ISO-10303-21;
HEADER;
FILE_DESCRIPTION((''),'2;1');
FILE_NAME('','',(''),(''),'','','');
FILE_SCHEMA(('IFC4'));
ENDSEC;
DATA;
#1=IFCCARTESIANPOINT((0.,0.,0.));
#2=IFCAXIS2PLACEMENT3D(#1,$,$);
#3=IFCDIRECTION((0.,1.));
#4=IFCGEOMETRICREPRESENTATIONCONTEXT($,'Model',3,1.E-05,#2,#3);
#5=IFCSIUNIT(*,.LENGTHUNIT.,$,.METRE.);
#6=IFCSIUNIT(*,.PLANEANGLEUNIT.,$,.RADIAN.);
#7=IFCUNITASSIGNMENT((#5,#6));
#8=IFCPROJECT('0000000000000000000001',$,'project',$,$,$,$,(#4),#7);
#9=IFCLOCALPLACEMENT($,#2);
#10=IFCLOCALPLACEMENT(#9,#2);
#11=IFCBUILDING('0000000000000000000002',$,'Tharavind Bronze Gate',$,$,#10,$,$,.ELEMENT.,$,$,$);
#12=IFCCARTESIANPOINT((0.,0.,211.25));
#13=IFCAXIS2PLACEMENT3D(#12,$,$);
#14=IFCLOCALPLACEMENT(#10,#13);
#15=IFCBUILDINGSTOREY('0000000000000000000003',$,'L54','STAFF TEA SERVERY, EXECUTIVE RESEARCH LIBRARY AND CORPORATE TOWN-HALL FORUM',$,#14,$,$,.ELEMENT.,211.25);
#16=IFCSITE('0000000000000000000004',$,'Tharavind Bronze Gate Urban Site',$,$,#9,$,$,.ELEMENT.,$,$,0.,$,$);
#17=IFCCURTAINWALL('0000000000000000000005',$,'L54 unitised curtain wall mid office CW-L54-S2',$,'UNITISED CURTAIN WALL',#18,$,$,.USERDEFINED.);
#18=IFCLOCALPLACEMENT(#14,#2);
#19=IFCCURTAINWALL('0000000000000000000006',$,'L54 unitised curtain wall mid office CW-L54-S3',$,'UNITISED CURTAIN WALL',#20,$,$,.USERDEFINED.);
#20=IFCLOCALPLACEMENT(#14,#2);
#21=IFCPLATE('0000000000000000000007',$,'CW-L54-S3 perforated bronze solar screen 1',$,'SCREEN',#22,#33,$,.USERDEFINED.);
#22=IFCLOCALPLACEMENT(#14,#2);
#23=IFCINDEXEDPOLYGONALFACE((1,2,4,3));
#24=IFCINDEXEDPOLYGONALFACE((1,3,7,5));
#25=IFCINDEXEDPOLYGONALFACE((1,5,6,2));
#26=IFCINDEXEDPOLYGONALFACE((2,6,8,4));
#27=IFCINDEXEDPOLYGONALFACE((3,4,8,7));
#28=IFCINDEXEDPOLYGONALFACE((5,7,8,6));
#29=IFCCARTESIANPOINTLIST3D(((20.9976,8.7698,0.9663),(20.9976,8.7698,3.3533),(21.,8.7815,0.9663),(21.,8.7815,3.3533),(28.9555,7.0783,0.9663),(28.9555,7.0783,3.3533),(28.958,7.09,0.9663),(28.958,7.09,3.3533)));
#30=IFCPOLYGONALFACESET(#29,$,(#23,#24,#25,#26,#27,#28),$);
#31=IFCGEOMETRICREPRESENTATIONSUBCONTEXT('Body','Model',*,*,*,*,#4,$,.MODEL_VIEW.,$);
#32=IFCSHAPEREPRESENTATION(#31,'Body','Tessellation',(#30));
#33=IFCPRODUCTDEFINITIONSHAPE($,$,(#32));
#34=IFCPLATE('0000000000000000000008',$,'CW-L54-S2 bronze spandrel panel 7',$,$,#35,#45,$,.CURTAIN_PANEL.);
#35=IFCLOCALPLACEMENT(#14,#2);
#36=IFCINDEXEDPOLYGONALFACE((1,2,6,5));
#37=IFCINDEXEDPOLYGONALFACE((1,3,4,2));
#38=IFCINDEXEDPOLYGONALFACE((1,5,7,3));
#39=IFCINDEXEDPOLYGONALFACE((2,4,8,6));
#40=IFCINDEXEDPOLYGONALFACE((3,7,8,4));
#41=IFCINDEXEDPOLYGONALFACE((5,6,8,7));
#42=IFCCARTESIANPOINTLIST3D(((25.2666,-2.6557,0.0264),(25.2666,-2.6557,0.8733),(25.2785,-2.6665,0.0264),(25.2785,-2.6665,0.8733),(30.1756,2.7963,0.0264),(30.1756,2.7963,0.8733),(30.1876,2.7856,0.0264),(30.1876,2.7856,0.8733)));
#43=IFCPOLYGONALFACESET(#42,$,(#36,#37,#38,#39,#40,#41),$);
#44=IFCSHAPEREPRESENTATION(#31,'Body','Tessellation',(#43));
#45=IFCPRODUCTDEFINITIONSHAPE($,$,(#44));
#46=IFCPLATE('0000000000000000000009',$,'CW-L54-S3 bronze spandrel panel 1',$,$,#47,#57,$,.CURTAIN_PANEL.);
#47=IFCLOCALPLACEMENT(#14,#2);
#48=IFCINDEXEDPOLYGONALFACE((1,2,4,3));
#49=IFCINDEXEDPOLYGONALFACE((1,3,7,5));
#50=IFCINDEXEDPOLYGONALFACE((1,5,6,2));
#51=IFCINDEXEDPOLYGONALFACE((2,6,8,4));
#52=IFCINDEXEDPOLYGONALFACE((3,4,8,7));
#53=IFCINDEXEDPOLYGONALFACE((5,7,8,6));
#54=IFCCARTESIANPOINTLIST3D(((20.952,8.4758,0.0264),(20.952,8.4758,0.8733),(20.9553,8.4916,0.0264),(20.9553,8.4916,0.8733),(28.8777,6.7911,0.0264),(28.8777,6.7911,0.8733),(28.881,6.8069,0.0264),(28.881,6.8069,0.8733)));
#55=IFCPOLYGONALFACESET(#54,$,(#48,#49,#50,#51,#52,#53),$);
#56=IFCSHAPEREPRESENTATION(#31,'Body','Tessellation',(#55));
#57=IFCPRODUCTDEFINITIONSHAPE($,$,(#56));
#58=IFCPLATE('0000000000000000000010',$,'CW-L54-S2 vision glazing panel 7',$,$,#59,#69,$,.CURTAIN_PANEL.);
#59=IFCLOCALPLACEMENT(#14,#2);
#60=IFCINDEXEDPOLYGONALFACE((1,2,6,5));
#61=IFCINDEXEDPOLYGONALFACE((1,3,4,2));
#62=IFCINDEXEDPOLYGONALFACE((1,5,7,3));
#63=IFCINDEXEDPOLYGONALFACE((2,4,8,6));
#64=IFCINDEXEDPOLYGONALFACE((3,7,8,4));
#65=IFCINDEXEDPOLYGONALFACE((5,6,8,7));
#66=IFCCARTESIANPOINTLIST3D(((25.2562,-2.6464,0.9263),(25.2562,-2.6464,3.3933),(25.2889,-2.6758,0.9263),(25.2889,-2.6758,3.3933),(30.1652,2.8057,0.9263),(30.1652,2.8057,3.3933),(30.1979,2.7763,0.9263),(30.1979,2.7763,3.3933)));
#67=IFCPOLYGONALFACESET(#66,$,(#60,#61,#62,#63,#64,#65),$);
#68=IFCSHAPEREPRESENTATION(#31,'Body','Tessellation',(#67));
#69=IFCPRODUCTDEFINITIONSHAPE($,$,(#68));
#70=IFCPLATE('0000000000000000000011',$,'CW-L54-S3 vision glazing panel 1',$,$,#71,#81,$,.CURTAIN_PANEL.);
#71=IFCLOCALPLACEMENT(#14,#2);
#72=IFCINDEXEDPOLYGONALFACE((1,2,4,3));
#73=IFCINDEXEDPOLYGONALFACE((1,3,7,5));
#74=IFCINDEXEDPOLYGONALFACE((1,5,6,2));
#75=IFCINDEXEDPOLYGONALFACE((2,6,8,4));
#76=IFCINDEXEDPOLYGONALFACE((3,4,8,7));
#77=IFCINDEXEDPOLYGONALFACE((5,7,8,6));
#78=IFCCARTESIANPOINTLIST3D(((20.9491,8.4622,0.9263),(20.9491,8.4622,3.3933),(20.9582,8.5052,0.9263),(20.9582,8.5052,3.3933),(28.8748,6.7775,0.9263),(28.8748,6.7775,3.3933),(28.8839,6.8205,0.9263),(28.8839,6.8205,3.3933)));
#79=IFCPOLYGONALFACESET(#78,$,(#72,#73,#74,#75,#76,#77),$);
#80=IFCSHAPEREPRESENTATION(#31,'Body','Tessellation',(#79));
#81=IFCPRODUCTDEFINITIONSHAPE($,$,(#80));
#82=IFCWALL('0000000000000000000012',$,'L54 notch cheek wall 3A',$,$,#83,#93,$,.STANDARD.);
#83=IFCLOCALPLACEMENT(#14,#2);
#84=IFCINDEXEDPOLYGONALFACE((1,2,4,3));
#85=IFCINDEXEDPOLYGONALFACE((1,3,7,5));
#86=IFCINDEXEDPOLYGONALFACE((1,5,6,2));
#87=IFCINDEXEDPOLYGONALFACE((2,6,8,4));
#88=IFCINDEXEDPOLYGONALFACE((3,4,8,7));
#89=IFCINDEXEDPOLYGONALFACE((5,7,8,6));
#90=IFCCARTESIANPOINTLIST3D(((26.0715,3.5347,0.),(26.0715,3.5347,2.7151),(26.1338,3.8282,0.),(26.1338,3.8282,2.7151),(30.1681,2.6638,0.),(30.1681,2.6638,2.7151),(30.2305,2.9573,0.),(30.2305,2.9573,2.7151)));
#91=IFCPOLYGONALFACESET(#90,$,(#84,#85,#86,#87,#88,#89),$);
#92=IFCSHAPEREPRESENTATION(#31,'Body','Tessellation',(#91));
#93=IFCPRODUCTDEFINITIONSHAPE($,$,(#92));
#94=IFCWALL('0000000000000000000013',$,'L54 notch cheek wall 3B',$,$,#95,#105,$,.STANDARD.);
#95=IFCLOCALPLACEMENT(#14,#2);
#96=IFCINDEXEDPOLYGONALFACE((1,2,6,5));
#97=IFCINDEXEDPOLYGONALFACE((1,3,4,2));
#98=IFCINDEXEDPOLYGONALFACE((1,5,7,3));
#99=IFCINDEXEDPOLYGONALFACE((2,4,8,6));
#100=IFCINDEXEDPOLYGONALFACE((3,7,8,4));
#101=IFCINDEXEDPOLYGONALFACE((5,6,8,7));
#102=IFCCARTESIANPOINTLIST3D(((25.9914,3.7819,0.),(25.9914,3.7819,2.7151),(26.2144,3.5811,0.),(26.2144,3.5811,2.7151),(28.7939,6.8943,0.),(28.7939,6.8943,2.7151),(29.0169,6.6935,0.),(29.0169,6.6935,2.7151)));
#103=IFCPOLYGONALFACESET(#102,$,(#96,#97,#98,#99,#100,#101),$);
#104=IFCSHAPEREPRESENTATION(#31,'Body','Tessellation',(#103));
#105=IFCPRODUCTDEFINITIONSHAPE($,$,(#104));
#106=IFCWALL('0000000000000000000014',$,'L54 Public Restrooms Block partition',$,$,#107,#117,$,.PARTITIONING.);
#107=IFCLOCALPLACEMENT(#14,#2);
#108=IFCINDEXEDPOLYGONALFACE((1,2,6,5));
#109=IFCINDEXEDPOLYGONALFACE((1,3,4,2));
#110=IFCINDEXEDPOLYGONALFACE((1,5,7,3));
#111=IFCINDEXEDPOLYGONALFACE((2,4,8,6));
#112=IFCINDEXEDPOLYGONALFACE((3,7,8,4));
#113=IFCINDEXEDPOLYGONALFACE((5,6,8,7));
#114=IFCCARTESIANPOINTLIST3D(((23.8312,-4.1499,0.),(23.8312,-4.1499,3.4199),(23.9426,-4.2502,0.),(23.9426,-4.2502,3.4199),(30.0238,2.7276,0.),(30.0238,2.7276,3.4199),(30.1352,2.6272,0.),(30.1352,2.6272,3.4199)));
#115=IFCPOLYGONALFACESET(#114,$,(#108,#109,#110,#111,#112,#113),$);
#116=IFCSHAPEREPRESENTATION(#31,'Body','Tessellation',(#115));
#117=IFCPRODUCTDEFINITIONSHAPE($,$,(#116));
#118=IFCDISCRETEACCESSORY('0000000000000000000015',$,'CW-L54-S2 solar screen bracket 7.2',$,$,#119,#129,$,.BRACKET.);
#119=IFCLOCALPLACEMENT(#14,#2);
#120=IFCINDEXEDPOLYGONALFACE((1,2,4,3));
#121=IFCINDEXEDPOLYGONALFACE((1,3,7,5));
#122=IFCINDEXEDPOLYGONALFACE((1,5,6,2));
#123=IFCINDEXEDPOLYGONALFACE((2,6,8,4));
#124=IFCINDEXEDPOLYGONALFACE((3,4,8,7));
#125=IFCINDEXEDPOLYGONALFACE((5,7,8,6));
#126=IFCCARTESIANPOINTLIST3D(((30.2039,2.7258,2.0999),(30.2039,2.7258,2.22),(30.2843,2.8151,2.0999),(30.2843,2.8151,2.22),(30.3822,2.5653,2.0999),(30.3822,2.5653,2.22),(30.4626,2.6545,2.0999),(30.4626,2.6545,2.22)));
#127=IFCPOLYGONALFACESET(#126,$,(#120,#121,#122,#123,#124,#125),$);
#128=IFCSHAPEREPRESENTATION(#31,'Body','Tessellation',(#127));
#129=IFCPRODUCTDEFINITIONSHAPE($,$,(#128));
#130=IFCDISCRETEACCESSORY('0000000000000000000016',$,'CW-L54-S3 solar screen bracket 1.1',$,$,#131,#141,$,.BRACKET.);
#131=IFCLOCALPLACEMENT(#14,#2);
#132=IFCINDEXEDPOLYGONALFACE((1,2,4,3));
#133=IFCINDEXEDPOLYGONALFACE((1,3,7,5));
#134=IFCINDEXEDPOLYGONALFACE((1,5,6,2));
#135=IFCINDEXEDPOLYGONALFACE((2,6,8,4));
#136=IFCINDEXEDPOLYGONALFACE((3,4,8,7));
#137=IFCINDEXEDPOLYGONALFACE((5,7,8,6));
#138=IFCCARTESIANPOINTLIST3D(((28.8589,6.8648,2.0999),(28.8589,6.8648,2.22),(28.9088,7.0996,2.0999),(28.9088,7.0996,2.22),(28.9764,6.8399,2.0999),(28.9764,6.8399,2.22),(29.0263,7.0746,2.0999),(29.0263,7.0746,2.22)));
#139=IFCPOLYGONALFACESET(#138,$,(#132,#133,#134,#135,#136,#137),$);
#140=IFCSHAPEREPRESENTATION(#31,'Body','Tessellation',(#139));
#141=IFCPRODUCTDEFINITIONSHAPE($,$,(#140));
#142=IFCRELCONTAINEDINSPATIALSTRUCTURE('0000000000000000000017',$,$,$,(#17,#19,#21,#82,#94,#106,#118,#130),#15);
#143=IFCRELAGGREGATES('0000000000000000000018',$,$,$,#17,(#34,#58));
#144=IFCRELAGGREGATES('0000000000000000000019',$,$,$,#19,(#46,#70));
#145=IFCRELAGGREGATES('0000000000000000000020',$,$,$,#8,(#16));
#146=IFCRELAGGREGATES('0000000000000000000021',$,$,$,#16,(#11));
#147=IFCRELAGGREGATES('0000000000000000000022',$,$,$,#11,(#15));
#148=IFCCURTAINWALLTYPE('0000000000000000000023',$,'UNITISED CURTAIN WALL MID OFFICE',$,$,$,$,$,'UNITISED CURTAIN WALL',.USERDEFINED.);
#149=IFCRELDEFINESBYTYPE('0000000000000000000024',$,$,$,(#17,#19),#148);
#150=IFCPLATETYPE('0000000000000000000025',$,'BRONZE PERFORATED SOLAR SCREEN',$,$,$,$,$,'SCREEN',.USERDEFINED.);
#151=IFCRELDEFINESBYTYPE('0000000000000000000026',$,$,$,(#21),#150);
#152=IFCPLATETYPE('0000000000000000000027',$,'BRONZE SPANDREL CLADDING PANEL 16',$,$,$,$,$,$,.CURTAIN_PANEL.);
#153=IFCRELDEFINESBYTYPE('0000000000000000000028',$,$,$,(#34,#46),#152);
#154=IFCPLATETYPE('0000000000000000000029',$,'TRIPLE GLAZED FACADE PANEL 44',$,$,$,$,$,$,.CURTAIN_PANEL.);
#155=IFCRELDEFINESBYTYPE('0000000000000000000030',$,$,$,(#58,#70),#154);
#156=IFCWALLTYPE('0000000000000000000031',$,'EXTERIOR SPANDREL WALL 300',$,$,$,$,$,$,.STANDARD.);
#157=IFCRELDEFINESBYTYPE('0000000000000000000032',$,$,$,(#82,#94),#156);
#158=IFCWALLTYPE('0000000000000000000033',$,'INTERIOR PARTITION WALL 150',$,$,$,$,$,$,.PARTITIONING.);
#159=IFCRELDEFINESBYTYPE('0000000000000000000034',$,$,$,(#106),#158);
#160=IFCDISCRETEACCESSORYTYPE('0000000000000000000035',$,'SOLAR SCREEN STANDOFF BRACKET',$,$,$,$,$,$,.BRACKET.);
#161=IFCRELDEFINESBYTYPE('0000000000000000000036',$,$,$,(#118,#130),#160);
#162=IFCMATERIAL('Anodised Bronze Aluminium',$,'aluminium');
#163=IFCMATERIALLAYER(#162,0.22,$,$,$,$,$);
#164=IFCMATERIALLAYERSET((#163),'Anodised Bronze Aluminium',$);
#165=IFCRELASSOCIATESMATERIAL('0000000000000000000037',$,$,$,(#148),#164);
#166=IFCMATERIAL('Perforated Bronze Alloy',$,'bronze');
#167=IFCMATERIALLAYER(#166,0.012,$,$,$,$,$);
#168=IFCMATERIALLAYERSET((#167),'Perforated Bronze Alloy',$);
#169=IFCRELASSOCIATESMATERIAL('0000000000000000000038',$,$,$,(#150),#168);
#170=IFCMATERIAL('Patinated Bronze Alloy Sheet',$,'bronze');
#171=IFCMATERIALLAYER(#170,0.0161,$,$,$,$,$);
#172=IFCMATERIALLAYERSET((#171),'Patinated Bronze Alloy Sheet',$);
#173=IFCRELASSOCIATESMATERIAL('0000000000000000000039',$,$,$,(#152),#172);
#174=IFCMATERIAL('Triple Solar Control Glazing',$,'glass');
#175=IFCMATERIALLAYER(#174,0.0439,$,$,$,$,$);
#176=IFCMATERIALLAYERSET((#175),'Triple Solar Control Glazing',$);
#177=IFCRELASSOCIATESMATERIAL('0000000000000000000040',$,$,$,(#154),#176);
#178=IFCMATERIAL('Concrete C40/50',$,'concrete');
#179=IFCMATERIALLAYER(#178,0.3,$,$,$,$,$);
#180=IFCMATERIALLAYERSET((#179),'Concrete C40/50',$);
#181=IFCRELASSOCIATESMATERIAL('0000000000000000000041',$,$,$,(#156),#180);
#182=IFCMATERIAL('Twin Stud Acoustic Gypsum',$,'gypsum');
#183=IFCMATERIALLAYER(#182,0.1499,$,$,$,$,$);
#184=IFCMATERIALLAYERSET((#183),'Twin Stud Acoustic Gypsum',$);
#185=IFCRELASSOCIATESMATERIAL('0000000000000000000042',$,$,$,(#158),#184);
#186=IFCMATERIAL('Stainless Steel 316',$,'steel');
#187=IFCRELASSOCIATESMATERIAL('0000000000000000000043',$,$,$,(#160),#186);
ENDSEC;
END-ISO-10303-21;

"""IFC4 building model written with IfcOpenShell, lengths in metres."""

from ifc_helpers import new_model, si_unit, direction, frame, frame_2d, origin, origin_2d, place, context, subcontext, project, spatial, rectangle, extrude, material, layer, layer_set, type_object, element, aggregate, save


model = new_model("IFC4")

# Units and contexts
model_context = context("Model", 3, precision=1e-05, world=origin(), true_north=direction((0.0, 1.0)))
body_context = subcontext(model_context, "Body", "Model", "MODEL_VIEW")
ifc_project = project(units=[si_unit("LENGTHUNIT", "METRE"), si_unit("PLANEANGLEUNIT", "RADIAN")], contexts=[model_context])

# Site, building, storey
site_placement = place(None, origin())
site = spatial("IfcSite", under=ifc_project, at=site_placement, Name="Tharavind Bronze Gate Urban Site", CompositionType="ELEMENT", RefElevation=0.0)
building_placement = place(site_placement, origin())
building = spatial("IfcBuilding", under=site, at=building_placement, Name="Tharavind Bronze Gate", CompositionType="ELEMENT")
storey_placement = place(building_placement, frame((0.0, 0.0, 211.25)))
storey = spatial("IfcBuildingStorey", under=building, at=storey_placement, Name="L54", Description="STAFF TEA SERVERY, EXECUTIVE RESEARCH LIBRARY AND CORPORATE TOWN-HALL FORUM", CompositionType="ELEMENT", Elevation=211.25)

# Curtain walls
ifc_material_1 = material(Name="Anodised Bronze Aluminium", Category="aluminium")
ifc_layer_1 = layer(ifc_material_1, 0.22)
ifc_layer_set_1 = layer_set([ifc_layer_1], Name="Anodised Bronze Aluminium")
curtain_wall_type = type_object("IfcCurtainWallType", Name="UNITISED CURTAIN WALL MID OFFICE", ElementType="UNITISED CURTAIN WALL", PredefinedType="USERDEFINED", material=ifc_layer_set_1)
curtain_wall_1_placement = place(storey_placement, origin())
curtain_wall_1 = element("IfcCurtainWall", 1, at=curtain_wall_1_placement, inside=storey, type_object=curtain_wall_type, Name="L54 unitised curtain wall mid office CW-L54-S2", ObjectType="UNITISED CURTAIN WALL", PredefinedType="USERDEFINED")
curtain_wall_2_placement = place(storey_placement, origin())
curtain_wall_2 = element("IfcCurtainWall", 2, at=curtain_wall_2_placement, inside=storey, type_object=curtain_wall_type, Name="L54 unitised curtain wall mid office CW-L54-S3", ObjectType="UNITISED CURTAIN WALL", PredefinedType="USERDEFINED")

# Plates
ifc_material_2 = material(Name="Perforated Bronze Alloy", Category="bronze")
ifc_layer_2 = layer(ifc_material_2, 0.012)
ifc_layer_set_2 = layer_set([ifc_layer_2], Name="Perforated Bronze Alloy")
plate_type_1 = type_object("IfcPlateType", Name="BRONZE PERFORATED SOLAR SCREEN", ElementType="SCREEN", PredefinedType="USERDEFINED", material=ifc_layer_set_2)
plate_1_placement = place(storey_placement, frame((24.9778, 7.9299, 0.9663), z_axis=(0.0, 0.0, 1.0), x_axis=(-0.978148, 0.207912, 0.0)))
element("IfcPlate", 3, at=plate_1_placement, inside=storey, type_object=plate_type_1, Name="CW-L54-S3 perforated bronze solar screen 1", ObjectType="SCREEN", PredefinedType="USERDEFINED", context=body_context, shape_type="SweptSolid", body=[
    extrude(rectangle(XDim=8.1357, YDim=0.012, at=origin_2d()), origin(), (0.0, 0.0, 1.0), 2.387),
])
ifc_material_3 = material(Name="Patinated Bronze Alloy Sheet", Category="bronze")
ifc_layer_3 = layer(ifc_material_3, 0.0161)
ifc_layer_set_3 = layer_set([ifc_layer_3], Name="Patinated Bronze Alloy Sheet")
plate_type_2 = type_object("IfcPlateType", Name="BRONZE SPANDREL CLADDING PANEL 16", PredefinedType="CURTAIN_PANEL", material=ifc_layer_set_3)
plate_2_placement = place(storey_placement, frame((27.7271, 0.0649, 0.0264), z_axis=(0.0, 0.0, 1.0), x_axis=(0.669131, 0.743145, 0.0)))
plate_2 = element("IfcPlate", 4, at=plate_2_placement, type_object=plate_type_2, Name="CW-L54-S2 bronze spandrel panel 7", PredefinedType="CURTAIN_PANEL", context=body_context, shape_type="SweptSolid", body=[
    extrude(rectangle(XDim=7.3364, YDim=0.0161, at=origin_2d()), origin(), (0.0, 0.0, 1.0), 0.8469),
])
plate_3_placement = place(storey_placement, frame((24.9165, 7.6414, 0.0264), z_axis=(0.0, 0.0, 1.0), x_axis=(-0.978148, 0.207912, 0.0)))
plate_3 = element("IfcPlate", 5, at=plate_3_placement, type_object=plate_type_2, Name="CW-L54-S3 bronze spandrel panel 1", PredefinedType="CURTAIN_PANEL", context=body_context, shape_type="SweptSolid", body=[
    extrude(rectangle(XDim=8.1028, YDim=0.0161, at=origin_2d()), origin(), (0.0, 0.0, 1.0), 0.8469),
])
ifc_material_4 = material(Name="Triple Solar Control Glazing", Category="glass")
ifc_layer_4 = layer(ifc_material_4, 0.0439)
ifc_layer_set_4 = layer_set([ifc_layer_4], Name="Triple Solar Control Glazing")
plate_type_3 = type_object("IfcPlateType", Name="TRIPLE GLAZED FACADE PANEL 44", PredefinedType="CURTAIN_PANEL", material=ifc_layer_set_4)
plate_4_placement = place(storey_placement, frame((27.7271, 0.0649, 0.9263), z_axis=(0.0, 0.0, 1.0), x_axis=(0.669131, 0.743145, 0.0)))
plate_4 = element("IfcPlate", 6, at=plate_4_placement, type_object=plate_type_3, Name="CW-L54-S2 vision glazing panel 7", PredefinedType="CURTAIN_PANEL", context=body_context, shape_type="SweptSolid", body=[
    extrude(rectangle(XDim=7.3364, YDim=0.0439, at=origin_2d()), origin(), (0.0, 0.0, 1.0), 2.467),
])
aggregate(curtain_wall_1, [plate_2, plate_4])
plate_5_placement = place(storey_placement, frame((24.9165, 7.6414, 0.9263), z_axis=(0.0, 0.0, 1.0), x_axis=(-0.978148, 0.207912, 0.0)))
plate_5 = element("IfcPlate", 7, at=plate_5_placement, type_object=plate_type_3, Name="CW-L54-S3 vision glazing panel 1", PredefinedType="CURTAIN_PANEL", context=body_context, shape_type="SweptSolid", body=[
    extrude(rectangle(XDim=8.1028, YDim=0.0439, at=origin_2d()), origin(), (0.0, 0.0, 1.0), 2.467),
])
aggregate(curtain_wall_2, [plate_3, plate_5])

# Walls
ifc_material_5 = material(Name="Concrete C40/50", Category="concrete")
ifc_layer_5 = layer(ifc_material_5, 0.3)
ifc_layer_set_5 = layer_set([ifc_layer_5], Name="Concrete C40/50")
wall_type_1 = type_object("IfcWallType", Name="EXTERIOR SPANDREL WALL 300", PredefinedType="STANDARD", material=ifc_layer_set_5)
for number, where, z_axis, x_axis, name in (
    (8, (30.1995, 2.8105, 0.0), (0.0, 0.0, 1.0), (-0.978144, 0.207928, 0.0), "L54 notch cheek wall 3A"),
    (9, (26.1028, 3.6814, 0.0), (0.0, 0.0, 1.0), (0.669152, 0.743126, 0.0), "L54 notch cheek wall 3B"),
):
    element("IfcWall", number, at=place(storey_placement, frame(where, z_axis=z_axis, x_axis=x_axis)), inside=storey, type_object=wall_type_1, Name=name, PredefinedType="STANDARD", context=body_context, shape_type="SweptSolid", body=[
        extrude(rectangle(XDim=4.1882, YDim=0.3, at=frame_2d((2.0942, 0.0))), origin(), (0.0, 0.0, 1.0), 2.7151),
    ])
ifc_material_6 = material(Name="Twin Stud Acoustic Gypsum", Category="gypsum")
ifc_layer_6 = layer(ifc_material_6, 0.1499)
ifc_layer_set_6 = layer_set([ifc_layer_6], Name="Twin Stud Acoustic Gypsum")
wall_type_2 = type_object("IfcWallType", Name="INTERIOR PARTITION WALL 150", PredefinedType="PARTITIONING", material=ifc_layer_set_6)
wall_placement = place(storey_placement, frame((30.0796, 2.6775, 0.0), z_axis=(0.0, 0.0, 1.0), x_axis=(-0.66914, -0.743137, 0.0)))
element("IfcWall", 10, at=wall_placement, inside=storey, type_object=wall_type_2, Name="L54 Public Restrooms Block partition", PredefinedType="PARTITIONING", context=body_context, shape_type="SweptSolid", body=[
    extrude(rectangle(XDim=9.2546, YDim=0.1499, at=frame_2d((4.6274, 0.0))), origin(), (0.0, 0.0, 1.0), 3.4199),
])

# Discrete accessories
ifc_material_7 = material(Name="Stainless Steel 316", Category="steel")
discrete_accessory_type = type_object("IfcDiscreteAccessoryType", Name="SOLAR SCREEN STANDOFF BRACKET", PredefinedType="BRACKET", material=ifc_material_7)
for number, where, z_axis, x_axis, name in (
    (11, (30.3333, 2.6902, 2.0999), (0.0, 0.0, 1.0), (0.669131, 0.743145, 0.0), "CW-L54-S2 solar screen bracket 7.2"),
    (12, (28.9426, 6.9697, 2.0999), (0.0, 0.0, 1.0), (-0.978148, 0.207912, 0.0), "CW-L54-S3 solar screen bracket 1.1"),
):
    element("IfcDiscreteAccessory", number, at=place(storey_placement, frame(where, z_axis=z_axis, x_axis=x_axis)), inside=storey, type_object=discrete_accessory_type, Name=name, PredefinedType="BRACKET", context=body_context, shape_type="SweptSolid", body=[
        extrude(rectangle(XDim=0.1201, YDim=0.24, at=origin_2d()), origin(), (0.0, 0.0, 1.0), 0.1201),
    ])

save(model, "model.ifc")
